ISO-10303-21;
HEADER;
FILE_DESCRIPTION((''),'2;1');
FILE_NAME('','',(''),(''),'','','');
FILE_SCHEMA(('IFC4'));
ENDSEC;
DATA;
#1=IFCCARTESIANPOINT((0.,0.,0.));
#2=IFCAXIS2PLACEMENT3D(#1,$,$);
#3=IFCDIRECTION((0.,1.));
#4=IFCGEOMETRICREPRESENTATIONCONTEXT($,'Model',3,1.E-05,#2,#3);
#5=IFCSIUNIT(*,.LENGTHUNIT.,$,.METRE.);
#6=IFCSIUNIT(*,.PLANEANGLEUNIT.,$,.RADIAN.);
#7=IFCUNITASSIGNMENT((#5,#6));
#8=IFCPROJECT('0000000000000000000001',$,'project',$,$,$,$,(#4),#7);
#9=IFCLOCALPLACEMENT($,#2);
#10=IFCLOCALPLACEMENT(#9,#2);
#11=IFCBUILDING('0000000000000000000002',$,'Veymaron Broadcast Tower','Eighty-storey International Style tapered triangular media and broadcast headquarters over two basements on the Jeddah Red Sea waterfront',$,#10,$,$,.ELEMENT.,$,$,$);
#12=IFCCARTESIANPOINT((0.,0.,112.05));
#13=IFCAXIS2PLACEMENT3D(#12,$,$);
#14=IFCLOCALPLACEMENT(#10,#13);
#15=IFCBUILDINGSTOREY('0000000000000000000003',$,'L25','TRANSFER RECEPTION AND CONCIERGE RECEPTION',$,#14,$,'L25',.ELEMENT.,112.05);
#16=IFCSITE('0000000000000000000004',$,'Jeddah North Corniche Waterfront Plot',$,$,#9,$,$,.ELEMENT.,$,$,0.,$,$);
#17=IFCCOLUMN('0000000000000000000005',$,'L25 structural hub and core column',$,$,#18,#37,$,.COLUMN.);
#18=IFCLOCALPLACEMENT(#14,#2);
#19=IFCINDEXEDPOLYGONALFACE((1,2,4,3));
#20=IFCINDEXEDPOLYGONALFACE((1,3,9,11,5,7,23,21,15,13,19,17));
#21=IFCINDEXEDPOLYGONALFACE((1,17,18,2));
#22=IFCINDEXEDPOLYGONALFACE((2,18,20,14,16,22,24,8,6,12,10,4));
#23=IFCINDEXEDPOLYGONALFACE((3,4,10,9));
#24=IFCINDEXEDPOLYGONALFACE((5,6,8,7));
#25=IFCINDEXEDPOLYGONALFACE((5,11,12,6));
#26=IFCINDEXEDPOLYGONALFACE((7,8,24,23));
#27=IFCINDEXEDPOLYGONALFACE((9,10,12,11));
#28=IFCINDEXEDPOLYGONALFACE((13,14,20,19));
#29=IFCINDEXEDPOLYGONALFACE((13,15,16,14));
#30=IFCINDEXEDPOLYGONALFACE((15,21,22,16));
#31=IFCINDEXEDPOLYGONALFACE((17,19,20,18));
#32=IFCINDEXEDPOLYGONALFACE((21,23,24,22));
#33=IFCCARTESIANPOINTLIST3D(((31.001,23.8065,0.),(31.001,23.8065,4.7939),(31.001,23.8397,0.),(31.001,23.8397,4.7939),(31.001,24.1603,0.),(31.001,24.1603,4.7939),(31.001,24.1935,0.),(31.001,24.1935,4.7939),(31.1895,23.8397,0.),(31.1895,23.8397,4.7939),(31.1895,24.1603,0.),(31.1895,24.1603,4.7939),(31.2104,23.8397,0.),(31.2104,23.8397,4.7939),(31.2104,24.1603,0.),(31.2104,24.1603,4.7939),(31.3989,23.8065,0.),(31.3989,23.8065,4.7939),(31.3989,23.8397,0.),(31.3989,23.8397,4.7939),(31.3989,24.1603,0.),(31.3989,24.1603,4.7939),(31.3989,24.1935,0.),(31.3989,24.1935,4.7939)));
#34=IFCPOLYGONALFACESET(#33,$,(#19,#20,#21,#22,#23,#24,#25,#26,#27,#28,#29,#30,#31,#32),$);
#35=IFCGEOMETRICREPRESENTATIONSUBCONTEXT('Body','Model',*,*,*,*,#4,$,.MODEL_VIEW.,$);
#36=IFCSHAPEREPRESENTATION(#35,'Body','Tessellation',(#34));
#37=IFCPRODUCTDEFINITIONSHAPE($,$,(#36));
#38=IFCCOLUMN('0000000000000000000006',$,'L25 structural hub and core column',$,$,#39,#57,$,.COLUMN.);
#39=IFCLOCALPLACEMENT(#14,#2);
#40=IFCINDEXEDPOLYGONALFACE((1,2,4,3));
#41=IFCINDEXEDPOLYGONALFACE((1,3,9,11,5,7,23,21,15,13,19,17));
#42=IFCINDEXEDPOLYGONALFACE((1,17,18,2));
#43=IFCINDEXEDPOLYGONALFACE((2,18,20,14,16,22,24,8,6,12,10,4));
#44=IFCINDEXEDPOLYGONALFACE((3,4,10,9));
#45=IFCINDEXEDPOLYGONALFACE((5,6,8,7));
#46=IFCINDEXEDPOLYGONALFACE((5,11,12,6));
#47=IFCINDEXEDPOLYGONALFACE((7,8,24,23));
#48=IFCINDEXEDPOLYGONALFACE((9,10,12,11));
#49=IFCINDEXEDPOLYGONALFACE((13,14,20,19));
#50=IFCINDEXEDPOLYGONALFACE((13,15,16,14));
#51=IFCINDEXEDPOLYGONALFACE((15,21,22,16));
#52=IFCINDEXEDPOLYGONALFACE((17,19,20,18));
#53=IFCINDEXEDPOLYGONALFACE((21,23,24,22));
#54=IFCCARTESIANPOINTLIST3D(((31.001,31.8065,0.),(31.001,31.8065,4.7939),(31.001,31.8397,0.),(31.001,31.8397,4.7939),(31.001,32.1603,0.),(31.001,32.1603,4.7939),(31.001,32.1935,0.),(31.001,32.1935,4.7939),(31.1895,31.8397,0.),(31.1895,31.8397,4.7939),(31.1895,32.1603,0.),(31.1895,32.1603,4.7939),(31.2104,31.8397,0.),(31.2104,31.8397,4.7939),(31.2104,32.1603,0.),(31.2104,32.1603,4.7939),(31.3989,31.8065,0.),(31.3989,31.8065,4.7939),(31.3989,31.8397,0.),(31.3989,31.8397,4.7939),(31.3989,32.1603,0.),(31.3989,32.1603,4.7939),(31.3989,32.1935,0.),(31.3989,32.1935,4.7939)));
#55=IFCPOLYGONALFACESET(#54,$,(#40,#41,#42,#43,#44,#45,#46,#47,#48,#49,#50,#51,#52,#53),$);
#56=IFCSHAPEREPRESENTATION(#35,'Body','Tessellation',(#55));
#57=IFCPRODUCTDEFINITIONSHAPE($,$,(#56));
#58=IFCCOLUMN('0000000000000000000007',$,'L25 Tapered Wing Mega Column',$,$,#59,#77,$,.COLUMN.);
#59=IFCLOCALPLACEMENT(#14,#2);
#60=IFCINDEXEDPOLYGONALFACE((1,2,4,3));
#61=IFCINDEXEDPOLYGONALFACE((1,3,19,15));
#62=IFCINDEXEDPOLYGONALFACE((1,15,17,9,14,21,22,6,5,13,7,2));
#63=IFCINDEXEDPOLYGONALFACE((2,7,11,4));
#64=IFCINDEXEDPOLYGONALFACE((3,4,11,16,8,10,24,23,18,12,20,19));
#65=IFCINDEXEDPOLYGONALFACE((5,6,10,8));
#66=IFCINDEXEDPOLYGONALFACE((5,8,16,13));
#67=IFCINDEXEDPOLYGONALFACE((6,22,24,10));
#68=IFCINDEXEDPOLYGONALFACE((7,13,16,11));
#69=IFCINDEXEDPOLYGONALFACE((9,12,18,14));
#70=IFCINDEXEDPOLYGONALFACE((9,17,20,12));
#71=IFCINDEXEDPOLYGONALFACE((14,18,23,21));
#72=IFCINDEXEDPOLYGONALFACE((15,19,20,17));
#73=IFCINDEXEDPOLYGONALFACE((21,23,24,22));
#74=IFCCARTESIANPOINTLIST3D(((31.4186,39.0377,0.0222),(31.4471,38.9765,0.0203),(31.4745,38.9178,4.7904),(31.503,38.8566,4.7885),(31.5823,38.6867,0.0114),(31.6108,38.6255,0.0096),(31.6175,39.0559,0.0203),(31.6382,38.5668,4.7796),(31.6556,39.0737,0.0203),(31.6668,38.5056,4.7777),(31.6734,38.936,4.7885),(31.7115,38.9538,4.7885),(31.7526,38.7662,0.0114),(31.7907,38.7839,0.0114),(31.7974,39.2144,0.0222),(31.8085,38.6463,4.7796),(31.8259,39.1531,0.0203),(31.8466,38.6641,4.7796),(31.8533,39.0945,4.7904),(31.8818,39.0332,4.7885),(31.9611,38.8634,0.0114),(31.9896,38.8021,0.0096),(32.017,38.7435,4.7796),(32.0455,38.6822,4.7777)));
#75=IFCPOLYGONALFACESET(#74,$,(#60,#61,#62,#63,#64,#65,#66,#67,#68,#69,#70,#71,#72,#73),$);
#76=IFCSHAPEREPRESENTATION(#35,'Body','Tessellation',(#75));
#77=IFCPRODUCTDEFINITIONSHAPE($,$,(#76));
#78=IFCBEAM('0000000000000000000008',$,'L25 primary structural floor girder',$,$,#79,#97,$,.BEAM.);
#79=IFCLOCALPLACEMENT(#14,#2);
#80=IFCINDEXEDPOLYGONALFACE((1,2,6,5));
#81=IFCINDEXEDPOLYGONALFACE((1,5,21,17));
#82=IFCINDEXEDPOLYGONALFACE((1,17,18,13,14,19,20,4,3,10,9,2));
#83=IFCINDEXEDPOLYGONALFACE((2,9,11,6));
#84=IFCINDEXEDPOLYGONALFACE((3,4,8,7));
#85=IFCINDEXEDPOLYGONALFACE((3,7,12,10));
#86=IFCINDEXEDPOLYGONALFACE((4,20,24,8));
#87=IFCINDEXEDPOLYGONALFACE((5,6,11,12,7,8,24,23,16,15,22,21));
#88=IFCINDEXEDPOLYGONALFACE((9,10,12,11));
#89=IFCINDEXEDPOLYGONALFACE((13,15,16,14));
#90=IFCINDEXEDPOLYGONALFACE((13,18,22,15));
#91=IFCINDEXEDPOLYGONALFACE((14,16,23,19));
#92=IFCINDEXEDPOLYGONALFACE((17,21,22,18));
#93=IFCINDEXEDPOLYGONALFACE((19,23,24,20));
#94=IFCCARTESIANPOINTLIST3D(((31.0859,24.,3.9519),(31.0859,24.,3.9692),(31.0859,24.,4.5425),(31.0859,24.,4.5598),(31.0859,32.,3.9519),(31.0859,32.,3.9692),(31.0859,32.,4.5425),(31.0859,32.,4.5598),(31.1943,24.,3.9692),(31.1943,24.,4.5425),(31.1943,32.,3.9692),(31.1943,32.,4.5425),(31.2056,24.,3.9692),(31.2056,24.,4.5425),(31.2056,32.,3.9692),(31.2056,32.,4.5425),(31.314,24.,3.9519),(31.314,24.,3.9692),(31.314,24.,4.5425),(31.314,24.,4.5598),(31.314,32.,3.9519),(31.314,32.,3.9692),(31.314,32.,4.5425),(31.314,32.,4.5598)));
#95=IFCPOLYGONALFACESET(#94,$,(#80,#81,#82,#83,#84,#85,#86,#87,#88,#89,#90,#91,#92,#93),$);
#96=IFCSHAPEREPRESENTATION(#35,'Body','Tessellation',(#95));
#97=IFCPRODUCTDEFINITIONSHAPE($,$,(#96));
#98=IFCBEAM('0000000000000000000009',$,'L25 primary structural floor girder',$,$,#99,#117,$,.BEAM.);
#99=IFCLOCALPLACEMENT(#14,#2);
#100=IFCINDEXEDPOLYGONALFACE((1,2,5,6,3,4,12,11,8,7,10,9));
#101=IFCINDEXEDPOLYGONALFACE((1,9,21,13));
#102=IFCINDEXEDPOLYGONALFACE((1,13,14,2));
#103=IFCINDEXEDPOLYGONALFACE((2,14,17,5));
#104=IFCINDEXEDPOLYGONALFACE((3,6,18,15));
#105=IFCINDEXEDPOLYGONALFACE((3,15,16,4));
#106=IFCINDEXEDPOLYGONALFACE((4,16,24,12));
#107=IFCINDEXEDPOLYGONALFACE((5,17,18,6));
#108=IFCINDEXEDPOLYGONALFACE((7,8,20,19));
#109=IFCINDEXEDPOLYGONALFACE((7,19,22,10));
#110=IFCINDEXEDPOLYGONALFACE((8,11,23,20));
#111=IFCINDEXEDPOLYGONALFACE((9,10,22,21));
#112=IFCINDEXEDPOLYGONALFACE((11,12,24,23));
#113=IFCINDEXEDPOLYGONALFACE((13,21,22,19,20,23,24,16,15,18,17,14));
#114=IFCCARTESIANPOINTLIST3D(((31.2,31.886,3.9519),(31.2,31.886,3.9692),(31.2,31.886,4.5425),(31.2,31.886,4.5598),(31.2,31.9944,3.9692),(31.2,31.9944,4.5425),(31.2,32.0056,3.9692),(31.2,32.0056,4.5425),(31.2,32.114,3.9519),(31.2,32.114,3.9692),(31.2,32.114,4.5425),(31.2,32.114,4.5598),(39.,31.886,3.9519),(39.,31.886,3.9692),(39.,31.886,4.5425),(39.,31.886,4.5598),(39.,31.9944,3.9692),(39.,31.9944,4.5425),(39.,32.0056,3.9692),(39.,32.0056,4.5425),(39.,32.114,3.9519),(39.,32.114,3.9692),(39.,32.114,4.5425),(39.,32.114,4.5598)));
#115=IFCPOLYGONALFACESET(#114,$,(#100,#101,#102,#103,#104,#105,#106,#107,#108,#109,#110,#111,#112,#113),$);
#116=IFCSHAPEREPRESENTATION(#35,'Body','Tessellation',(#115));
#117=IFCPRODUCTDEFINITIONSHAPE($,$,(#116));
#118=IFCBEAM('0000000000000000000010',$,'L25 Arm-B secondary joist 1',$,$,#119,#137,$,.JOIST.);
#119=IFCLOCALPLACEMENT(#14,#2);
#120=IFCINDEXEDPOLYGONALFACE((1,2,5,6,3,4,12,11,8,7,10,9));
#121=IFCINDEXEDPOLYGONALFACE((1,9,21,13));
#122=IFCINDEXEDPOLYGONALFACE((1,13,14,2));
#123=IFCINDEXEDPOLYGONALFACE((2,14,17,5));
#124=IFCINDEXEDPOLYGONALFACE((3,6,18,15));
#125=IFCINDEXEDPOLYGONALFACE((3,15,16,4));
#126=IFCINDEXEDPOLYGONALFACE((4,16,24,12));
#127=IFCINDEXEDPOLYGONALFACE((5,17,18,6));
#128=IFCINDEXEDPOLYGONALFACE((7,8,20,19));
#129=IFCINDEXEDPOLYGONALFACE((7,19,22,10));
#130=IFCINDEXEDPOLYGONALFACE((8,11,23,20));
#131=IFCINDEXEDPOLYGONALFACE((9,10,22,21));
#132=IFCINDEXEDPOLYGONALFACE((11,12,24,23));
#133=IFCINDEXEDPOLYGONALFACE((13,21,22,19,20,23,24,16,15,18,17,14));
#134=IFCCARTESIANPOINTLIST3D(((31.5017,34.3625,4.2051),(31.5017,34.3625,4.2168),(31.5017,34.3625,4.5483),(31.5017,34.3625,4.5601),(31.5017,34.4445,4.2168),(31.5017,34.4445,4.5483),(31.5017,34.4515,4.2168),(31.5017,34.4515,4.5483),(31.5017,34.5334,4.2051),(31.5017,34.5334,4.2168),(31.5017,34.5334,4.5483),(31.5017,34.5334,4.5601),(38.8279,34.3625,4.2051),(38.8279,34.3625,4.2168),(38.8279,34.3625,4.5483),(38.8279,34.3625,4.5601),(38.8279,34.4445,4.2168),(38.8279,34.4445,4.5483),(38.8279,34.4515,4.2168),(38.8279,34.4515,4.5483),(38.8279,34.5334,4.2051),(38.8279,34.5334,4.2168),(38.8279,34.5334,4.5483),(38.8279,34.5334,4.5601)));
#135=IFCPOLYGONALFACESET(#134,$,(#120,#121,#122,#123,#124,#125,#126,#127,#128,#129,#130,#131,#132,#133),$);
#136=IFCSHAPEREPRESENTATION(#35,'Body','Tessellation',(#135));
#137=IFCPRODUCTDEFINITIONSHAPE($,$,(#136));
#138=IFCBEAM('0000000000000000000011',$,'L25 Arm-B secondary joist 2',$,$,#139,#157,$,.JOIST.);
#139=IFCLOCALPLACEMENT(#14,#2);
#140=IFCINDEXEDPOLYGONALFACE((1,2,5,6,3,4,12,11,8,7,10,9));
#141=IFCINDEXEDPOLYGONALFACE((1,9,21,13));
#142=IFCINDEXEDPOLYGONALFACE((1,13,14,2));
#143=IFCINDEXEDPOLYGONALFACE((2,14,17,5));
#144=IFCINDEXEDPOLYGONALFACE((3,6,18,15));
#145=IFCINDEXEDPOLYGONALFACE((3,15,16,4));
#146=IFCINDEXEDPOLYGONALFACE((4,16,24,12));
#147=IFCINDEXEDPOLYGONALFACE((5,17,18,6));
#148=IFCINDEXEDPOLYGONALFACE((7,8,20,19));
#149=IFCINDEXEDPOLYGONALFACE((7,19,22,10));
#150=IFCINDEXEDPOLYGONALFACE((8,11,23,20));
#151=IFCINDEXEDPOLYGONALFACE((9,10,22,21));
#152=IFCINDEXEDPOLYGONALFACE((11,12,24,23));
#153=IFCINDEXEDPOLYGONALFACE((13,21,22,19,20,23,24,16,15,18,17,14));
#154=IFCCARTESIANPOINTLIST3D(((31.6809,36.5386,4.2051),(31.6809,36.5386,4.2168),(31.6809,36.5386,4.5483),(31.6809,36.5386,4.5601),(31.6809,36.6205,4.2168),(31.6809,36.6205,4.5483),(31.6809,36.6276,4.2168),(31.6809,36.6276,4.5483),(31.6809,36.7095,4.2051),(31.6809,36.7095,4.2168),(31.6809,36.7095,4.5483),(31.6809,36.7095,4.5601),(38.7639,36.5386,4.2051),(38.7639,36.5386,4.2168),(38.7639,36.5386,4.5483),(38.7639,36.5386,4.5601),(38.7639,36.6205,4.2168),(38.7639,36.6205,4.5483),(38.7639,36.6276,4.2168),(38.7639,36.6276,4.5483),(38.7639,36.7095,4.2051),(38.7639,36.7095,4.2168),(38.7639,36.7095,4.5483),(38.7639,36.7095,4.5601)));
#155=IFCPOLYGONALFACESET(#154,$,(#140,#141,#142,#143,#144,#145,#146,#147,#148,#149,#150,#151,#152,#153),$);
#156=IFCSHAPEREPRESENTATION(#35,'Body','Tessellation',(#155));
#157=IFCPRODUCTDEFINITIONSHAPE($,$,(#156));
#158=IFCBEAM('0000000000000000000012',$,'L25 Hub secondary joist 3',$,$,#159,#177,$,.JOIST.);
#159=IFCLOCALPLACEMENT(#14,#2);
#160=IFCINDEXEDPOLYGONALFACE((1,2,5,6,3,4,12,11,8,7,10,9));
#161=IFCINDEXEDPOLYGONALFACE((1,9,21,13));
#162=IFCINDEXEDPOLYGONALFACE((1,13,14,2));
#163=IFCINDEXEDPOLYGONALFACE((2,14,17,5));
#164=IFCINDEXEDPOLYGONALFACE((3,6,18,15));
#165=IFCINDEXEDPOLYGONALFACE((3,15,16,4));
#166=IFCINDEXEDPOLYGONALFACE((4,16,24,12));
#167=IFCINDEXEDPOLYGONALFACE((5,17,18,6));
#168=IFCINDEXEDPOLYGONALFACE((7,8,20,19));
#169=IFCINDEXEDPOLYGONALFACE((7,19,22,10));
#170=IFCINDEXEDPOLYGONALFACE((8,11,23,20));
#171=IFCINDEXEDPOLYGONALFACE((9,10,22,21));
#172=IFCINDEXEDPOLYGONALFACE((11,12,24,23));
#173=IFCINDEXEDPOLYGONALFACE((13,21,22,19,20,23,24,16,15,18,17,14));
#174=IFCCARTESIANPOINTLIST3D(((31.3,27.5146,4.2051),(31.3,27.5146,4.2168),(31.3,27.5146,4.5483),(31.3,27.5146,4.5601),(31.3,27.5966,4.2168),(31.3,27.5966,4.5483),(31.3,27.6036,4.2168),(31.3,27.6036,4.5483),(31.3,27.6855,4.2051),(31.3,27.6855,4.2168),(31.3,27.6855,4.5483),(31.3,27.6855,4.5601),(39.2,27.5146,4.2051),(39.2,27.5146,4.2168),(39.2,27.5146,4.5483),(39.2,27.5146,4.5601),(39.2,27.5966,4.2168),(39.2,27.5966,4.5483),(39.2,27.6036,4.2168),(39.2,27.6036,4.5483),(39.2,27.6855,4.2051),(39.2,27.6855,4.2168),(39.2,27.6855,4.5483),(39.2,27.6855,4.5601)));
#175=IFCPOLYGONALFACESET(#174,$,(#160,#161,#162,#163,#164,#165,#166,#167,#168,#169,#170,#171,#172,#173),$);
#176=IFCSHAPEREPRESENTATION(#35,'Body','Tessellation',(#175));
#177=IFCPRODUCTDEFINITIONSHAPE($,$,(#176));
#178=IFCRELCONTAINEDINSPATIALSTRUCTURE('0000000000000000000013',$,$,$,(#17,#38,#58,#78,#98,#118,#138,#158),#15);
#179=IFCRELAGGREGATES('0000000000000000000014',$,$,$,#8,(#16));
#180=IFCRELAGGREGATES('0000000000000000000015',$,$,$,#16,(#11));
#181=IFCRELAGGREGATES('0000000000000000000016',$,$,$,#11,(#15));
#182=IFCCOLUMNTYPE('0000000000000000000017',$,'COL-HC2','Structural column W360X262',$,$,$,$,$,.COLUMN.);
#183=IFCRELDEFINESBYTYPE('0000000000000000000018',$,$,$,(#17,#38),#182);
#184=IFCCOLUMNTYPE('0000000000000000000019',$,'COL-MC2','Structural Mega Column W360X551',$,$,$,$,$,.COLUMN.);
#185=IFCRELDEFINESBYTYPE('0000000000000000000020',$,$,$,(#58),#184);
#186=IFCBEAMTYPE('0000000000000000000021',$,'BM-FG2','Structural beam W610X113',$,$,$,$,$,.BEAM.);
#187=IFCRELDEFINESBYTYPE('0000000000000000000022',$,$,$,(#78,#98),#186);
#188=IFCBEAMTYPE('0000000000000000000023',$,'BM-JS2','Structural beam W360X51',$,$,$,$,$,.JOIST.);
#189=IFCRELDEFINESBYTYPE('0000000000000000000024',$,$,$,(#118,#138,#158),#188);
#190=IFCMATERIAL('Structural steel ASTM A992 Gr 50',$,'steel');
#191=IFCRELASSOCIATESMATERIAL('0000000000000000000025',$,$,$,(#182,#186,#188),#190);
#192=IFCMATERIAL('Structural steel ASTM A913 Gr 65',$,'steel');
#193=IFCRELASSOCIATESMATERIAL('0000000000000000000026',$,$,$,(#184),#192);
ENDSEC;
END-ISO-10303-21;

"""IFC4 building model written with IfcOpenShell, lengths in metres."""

from ifc_helpers import new_model, si_unit, direction, frame, origin, origin_2d, place, context, subcontext, project, spatial, i_section, extrude, material, material_profile, profile_set, type_object, element, save


model = new_model("IFC4")

# Units and contexts
model_context = context("Model", 3, precision=1e-05, world=origin(), true_north=direction((0.0, 1.0)))
body_context = subcontext(model_context, "Body", "Model", "MODEL_VIEW")
ifc_project = project(units=[si_unit("LENGTHUNIT", "METRE"), si_unit("PLANEANGLEUNIT", "RADIAN")], contexts=[model_context])

# Site, building, storey
site_placement = place(None, origin())
site = spatial("IfcSite", under=ifc_project, at=site_placement, Name="Jeddah North Corniche Waterfront Plot", CompositionType="ELEMENT", RefElevation=0.0)
building_placement = place(site_placement, origin())
building = spatial("IfcBuilding", under=site, at=building_placement, Name="Veymaron Broadcast Tower", Description="Eighty-storey International Style tapered triangular media and broadcast headquarters over two basements on the Jeddah Red Sea waterfront", CompositionType="ELEMENT")
storey_placement = place(building_placement, frame((0.0, 0.0, 112.05)))
storey = spatial("IfcBuildingStorey", under=building, at=storey_placement, Name="L25", Description="TRANSFER RECEPTION AND CONCIERGE RECEPTION", LongName="L25", CompositionType="ELEMENT", Elevation=112.05)

# Columns
ifc_material_1 = material(Name="Structural steel ASTM A992 Gr 50", Category="steel")
ifc_material_profile_1 = material_profile(ifc_material_1, i_section(OverallWidth=0.3979, OverallDepth=0.387, WebThickness=0.021, FlangeThickness=0.0332, at=origin_2d()), Name="W360X262")
ifc_profile_set_1 = profile_set([ifc_material_profile_1], Name="Structural steel ASTM A992 Gr 50")
column_type_1 = type_object("IfcColumnType", Name="COL-HC2", Description="Structural column W360X262", PredefinedType="COLUMN", material=ifc_profile_set_1)
for number, where, z_axis, x_axis, name in (
    (1, (31.2, 24.0, 0.0), (0.0, 0.0, 1.0), (1.0, 0.0, 0.0), "L25 structural hub and core column"),
    (2, (31.2, 32.0, 0.0), (0.0, 0.0, 1.0), (1.0, 0.0, 0.0), "L25 structural hub and core column"),
):
    element("IfcColumn", number, at=place(storey_placement, frame(where, z_axis=z_axis, x_axis=x_axis)), inside=storey, type_object=column_type_1, Name=name, PredefinedType="COLUMN", context=body_context, shape_type="SweptSolid", body=[
        extrude(i_section(OverallWidth=0.3979, OverallDepth=0.387, WebThickness=0.021, FlangeThickness=0.0332, at=origin_2d()), origin(), (0.0, 0.0, 1.0), 4.7939),
    ])
ifc_material_2 = material(Name="Structural steel ASTM A913 Gr 65", Category="steel")
ifc_material_profile_2 = material_profile(ifc_material_2, i_section(OverallWidth=0.418, OverallDepth=0.4551, WebThickness=0.042, FlangeThickness=0.0676, at=origin_2d()), Name="W360X551")
ifc_profile_set_2 = profile_set([ifc_material_profile_2], Name="Structural steel ASTM A913 Gr 65")
column_type_2 = type_object("IfcColumnType", Name="COL-MC2", Description="Structural Mega Column W360X551", PredefinedType="COLUMN", material=ifc_profile_set_2)
column_placement = place(storey_placement, frame((31.7041, 38.9199, 0.0159), z_axis=(0.011721, -0.025131, 0.999615), x_axis=(0.906277, 0.422683, 0.0)))
element("IfcColumn", 3, at=column_placement, inside=storey, type_object=column_type_2, Name="L25 Tapered Wing Mega Column", PredefinedType="COLUMN", context=body_context, shape_type="SweptSolid", body=[
    extrude(i_section(OverallWidth=0.418, OverallDepth=0.4551, WebThickness=0.042, FlangeThickness=0.0676, at=origin_2d()), origin(), (0.0, 0.0, 1.0), 4.77),
])

# Beams
ifc_material_profile_3 = material_profile(ifc_material_1, i_section(OverallWidth=0.228, OverallDepth=0.6079, WebThickness=0.0112, FlangeThickness=0.0173, at=origin_2d()), Name="W610X113")
ifc_profile_set_3 = profile_set([ifc_material_profile_3], Name="Structural steel ASTM A992 Gr 50")
beam_type_1 = type_object("IfcBeamType", Name="BM-FG2", Description="Structural beam W610X113", PredefinedType="BEAM", material=ifc_profile_set_3)
beam_1_placement = place(storey_placement, frame((31.2, 24.0, 4.2559), z_axis=(0.0, 1.0, 0.0), x_axis=(-1.0, 0.0, 0.0)))
element("IfcBeam", 4, at=beam_1_placement, inside=storey, type_object=beam_type_1, Name="L25 primary structural floor girder", PredefinedType="BEAM", context=body_context, shape_type="SweptSolid", body=[
    extrude(i_section(OverallWidth=0.228, OverallDepth=0.6079, WebThickness=0.0112, FlangeThickness=0.0173, at=origin_2d()), origin(), (0.0, 0.0, 1.0), 8.0),
])
beam_2_placement = place(storey_placement, frame((31.2, 32.0, 4.2559), z_axis=(1.0, 0.0, 0.0), x_axis=(0.0, 1.0, 0.0)))
element("IfcBeam", 5, at=beam_2_placement, inside=storey, type_object=beam_type_1, Name="L25 primary structural floor girder", PredefinedType="BEAM", context=body_context, shape_type="SweptSolid", body=[
    extrude(i_section(OverallWidth=0.228, OverallDepth=0.6079, WebThickness=0.0112, FlangeThickness=0.0173, at=origin_2d()), origin(), (0.0, 0.0, 1.0), 7.8),
])
ifc_material_profile_4 = material_profile(ifc_material_1, i_section(OverallWidth=0.1709, OverallDepth=0.355, WebThickness=0.0071, FlangeThickness=0.0117, at=origin_2d()), Name="W360X51")
ifc_profile_set_4 = profile_set([ifc_material_profile_4], Name="Structural steel ASTM A992 Gr 50")
beam_type_2 = type_object("IfcBeamType", Name="BM-JS2", Description="Structural beam W360X51", PredefinedType="JOIST", material=ifc_profile_set_4)
beam_3_placement = place(storey_placement, frame((31.5017, 34.448, 4.3826), z_axis=(1.0, 0.0, 0.0), x_axis=(0.0, 1.0, 0.0)))
element("IfcBeam", 6, at=beam_3_placement, inside=storey, type_object=beam_type_2, Name="L25 Arm-B secondary joist 1", PredefinedType="JOIST", context=body_context, shape_type="SweptSolid", body=[
    extrude(i_section(OverallWidth=0.1709, OverallDepth=0.355, WebThickness=0.0071, FlangeThickness=0.0117, at=origin_2d()), origin(), (0.0, 0.0, 1.0), 7.3262),
])
beam_4_placement = place(storey_placement, frame((31.6809, 36.624, 4.3826), z_axis=(1.0, 0.0, 0.0), x_axis=(0.0, 1.0, 0.0)))
element("IfcBeam", 7, at=beam_4_placement, inside=storey, type_object=beam_type_2, Name="L25 Arm-B secondary joist 2", PredefinedType="JOIST", context=body_context, shape_type="SweptSolid", body=[
    extrude(i_section(OverallWidth=0.1709, OverallDepth=0.355, WebThickness=0.0071, FlangeThickness=0.0117, at=origin_2d()), origin(), (0.0, 0.0, 1.0), 7.083),
])
for number, where, z_axis, x_axis, name in (
    (8, (31.3, 27.6001, 4.3826), (1.0, 0.0, 0.0), (0.0, 1.0, 0.0), "L25 Hub secondary joist 3"),
):
    element("IfcBeam", number, at=place(storey_placement, frame(where, z_axis=z_axis, x_axis=x_axis)), inside=storey, type_object=beam_type_2, Name=name, PredefinedType="JOIST", context=body_context, shape_type="SweptSolid", body=[
        extrude(i_section(OverallWidth=0.1709, OverallDepth=0.355, WebThickness=0.0071, FlangeThickness=0.0117, at=origin_2d()), origin(), (0.0, 0.0, 1.0), 7.8999),
    ])

save(model, "model.ifc")
